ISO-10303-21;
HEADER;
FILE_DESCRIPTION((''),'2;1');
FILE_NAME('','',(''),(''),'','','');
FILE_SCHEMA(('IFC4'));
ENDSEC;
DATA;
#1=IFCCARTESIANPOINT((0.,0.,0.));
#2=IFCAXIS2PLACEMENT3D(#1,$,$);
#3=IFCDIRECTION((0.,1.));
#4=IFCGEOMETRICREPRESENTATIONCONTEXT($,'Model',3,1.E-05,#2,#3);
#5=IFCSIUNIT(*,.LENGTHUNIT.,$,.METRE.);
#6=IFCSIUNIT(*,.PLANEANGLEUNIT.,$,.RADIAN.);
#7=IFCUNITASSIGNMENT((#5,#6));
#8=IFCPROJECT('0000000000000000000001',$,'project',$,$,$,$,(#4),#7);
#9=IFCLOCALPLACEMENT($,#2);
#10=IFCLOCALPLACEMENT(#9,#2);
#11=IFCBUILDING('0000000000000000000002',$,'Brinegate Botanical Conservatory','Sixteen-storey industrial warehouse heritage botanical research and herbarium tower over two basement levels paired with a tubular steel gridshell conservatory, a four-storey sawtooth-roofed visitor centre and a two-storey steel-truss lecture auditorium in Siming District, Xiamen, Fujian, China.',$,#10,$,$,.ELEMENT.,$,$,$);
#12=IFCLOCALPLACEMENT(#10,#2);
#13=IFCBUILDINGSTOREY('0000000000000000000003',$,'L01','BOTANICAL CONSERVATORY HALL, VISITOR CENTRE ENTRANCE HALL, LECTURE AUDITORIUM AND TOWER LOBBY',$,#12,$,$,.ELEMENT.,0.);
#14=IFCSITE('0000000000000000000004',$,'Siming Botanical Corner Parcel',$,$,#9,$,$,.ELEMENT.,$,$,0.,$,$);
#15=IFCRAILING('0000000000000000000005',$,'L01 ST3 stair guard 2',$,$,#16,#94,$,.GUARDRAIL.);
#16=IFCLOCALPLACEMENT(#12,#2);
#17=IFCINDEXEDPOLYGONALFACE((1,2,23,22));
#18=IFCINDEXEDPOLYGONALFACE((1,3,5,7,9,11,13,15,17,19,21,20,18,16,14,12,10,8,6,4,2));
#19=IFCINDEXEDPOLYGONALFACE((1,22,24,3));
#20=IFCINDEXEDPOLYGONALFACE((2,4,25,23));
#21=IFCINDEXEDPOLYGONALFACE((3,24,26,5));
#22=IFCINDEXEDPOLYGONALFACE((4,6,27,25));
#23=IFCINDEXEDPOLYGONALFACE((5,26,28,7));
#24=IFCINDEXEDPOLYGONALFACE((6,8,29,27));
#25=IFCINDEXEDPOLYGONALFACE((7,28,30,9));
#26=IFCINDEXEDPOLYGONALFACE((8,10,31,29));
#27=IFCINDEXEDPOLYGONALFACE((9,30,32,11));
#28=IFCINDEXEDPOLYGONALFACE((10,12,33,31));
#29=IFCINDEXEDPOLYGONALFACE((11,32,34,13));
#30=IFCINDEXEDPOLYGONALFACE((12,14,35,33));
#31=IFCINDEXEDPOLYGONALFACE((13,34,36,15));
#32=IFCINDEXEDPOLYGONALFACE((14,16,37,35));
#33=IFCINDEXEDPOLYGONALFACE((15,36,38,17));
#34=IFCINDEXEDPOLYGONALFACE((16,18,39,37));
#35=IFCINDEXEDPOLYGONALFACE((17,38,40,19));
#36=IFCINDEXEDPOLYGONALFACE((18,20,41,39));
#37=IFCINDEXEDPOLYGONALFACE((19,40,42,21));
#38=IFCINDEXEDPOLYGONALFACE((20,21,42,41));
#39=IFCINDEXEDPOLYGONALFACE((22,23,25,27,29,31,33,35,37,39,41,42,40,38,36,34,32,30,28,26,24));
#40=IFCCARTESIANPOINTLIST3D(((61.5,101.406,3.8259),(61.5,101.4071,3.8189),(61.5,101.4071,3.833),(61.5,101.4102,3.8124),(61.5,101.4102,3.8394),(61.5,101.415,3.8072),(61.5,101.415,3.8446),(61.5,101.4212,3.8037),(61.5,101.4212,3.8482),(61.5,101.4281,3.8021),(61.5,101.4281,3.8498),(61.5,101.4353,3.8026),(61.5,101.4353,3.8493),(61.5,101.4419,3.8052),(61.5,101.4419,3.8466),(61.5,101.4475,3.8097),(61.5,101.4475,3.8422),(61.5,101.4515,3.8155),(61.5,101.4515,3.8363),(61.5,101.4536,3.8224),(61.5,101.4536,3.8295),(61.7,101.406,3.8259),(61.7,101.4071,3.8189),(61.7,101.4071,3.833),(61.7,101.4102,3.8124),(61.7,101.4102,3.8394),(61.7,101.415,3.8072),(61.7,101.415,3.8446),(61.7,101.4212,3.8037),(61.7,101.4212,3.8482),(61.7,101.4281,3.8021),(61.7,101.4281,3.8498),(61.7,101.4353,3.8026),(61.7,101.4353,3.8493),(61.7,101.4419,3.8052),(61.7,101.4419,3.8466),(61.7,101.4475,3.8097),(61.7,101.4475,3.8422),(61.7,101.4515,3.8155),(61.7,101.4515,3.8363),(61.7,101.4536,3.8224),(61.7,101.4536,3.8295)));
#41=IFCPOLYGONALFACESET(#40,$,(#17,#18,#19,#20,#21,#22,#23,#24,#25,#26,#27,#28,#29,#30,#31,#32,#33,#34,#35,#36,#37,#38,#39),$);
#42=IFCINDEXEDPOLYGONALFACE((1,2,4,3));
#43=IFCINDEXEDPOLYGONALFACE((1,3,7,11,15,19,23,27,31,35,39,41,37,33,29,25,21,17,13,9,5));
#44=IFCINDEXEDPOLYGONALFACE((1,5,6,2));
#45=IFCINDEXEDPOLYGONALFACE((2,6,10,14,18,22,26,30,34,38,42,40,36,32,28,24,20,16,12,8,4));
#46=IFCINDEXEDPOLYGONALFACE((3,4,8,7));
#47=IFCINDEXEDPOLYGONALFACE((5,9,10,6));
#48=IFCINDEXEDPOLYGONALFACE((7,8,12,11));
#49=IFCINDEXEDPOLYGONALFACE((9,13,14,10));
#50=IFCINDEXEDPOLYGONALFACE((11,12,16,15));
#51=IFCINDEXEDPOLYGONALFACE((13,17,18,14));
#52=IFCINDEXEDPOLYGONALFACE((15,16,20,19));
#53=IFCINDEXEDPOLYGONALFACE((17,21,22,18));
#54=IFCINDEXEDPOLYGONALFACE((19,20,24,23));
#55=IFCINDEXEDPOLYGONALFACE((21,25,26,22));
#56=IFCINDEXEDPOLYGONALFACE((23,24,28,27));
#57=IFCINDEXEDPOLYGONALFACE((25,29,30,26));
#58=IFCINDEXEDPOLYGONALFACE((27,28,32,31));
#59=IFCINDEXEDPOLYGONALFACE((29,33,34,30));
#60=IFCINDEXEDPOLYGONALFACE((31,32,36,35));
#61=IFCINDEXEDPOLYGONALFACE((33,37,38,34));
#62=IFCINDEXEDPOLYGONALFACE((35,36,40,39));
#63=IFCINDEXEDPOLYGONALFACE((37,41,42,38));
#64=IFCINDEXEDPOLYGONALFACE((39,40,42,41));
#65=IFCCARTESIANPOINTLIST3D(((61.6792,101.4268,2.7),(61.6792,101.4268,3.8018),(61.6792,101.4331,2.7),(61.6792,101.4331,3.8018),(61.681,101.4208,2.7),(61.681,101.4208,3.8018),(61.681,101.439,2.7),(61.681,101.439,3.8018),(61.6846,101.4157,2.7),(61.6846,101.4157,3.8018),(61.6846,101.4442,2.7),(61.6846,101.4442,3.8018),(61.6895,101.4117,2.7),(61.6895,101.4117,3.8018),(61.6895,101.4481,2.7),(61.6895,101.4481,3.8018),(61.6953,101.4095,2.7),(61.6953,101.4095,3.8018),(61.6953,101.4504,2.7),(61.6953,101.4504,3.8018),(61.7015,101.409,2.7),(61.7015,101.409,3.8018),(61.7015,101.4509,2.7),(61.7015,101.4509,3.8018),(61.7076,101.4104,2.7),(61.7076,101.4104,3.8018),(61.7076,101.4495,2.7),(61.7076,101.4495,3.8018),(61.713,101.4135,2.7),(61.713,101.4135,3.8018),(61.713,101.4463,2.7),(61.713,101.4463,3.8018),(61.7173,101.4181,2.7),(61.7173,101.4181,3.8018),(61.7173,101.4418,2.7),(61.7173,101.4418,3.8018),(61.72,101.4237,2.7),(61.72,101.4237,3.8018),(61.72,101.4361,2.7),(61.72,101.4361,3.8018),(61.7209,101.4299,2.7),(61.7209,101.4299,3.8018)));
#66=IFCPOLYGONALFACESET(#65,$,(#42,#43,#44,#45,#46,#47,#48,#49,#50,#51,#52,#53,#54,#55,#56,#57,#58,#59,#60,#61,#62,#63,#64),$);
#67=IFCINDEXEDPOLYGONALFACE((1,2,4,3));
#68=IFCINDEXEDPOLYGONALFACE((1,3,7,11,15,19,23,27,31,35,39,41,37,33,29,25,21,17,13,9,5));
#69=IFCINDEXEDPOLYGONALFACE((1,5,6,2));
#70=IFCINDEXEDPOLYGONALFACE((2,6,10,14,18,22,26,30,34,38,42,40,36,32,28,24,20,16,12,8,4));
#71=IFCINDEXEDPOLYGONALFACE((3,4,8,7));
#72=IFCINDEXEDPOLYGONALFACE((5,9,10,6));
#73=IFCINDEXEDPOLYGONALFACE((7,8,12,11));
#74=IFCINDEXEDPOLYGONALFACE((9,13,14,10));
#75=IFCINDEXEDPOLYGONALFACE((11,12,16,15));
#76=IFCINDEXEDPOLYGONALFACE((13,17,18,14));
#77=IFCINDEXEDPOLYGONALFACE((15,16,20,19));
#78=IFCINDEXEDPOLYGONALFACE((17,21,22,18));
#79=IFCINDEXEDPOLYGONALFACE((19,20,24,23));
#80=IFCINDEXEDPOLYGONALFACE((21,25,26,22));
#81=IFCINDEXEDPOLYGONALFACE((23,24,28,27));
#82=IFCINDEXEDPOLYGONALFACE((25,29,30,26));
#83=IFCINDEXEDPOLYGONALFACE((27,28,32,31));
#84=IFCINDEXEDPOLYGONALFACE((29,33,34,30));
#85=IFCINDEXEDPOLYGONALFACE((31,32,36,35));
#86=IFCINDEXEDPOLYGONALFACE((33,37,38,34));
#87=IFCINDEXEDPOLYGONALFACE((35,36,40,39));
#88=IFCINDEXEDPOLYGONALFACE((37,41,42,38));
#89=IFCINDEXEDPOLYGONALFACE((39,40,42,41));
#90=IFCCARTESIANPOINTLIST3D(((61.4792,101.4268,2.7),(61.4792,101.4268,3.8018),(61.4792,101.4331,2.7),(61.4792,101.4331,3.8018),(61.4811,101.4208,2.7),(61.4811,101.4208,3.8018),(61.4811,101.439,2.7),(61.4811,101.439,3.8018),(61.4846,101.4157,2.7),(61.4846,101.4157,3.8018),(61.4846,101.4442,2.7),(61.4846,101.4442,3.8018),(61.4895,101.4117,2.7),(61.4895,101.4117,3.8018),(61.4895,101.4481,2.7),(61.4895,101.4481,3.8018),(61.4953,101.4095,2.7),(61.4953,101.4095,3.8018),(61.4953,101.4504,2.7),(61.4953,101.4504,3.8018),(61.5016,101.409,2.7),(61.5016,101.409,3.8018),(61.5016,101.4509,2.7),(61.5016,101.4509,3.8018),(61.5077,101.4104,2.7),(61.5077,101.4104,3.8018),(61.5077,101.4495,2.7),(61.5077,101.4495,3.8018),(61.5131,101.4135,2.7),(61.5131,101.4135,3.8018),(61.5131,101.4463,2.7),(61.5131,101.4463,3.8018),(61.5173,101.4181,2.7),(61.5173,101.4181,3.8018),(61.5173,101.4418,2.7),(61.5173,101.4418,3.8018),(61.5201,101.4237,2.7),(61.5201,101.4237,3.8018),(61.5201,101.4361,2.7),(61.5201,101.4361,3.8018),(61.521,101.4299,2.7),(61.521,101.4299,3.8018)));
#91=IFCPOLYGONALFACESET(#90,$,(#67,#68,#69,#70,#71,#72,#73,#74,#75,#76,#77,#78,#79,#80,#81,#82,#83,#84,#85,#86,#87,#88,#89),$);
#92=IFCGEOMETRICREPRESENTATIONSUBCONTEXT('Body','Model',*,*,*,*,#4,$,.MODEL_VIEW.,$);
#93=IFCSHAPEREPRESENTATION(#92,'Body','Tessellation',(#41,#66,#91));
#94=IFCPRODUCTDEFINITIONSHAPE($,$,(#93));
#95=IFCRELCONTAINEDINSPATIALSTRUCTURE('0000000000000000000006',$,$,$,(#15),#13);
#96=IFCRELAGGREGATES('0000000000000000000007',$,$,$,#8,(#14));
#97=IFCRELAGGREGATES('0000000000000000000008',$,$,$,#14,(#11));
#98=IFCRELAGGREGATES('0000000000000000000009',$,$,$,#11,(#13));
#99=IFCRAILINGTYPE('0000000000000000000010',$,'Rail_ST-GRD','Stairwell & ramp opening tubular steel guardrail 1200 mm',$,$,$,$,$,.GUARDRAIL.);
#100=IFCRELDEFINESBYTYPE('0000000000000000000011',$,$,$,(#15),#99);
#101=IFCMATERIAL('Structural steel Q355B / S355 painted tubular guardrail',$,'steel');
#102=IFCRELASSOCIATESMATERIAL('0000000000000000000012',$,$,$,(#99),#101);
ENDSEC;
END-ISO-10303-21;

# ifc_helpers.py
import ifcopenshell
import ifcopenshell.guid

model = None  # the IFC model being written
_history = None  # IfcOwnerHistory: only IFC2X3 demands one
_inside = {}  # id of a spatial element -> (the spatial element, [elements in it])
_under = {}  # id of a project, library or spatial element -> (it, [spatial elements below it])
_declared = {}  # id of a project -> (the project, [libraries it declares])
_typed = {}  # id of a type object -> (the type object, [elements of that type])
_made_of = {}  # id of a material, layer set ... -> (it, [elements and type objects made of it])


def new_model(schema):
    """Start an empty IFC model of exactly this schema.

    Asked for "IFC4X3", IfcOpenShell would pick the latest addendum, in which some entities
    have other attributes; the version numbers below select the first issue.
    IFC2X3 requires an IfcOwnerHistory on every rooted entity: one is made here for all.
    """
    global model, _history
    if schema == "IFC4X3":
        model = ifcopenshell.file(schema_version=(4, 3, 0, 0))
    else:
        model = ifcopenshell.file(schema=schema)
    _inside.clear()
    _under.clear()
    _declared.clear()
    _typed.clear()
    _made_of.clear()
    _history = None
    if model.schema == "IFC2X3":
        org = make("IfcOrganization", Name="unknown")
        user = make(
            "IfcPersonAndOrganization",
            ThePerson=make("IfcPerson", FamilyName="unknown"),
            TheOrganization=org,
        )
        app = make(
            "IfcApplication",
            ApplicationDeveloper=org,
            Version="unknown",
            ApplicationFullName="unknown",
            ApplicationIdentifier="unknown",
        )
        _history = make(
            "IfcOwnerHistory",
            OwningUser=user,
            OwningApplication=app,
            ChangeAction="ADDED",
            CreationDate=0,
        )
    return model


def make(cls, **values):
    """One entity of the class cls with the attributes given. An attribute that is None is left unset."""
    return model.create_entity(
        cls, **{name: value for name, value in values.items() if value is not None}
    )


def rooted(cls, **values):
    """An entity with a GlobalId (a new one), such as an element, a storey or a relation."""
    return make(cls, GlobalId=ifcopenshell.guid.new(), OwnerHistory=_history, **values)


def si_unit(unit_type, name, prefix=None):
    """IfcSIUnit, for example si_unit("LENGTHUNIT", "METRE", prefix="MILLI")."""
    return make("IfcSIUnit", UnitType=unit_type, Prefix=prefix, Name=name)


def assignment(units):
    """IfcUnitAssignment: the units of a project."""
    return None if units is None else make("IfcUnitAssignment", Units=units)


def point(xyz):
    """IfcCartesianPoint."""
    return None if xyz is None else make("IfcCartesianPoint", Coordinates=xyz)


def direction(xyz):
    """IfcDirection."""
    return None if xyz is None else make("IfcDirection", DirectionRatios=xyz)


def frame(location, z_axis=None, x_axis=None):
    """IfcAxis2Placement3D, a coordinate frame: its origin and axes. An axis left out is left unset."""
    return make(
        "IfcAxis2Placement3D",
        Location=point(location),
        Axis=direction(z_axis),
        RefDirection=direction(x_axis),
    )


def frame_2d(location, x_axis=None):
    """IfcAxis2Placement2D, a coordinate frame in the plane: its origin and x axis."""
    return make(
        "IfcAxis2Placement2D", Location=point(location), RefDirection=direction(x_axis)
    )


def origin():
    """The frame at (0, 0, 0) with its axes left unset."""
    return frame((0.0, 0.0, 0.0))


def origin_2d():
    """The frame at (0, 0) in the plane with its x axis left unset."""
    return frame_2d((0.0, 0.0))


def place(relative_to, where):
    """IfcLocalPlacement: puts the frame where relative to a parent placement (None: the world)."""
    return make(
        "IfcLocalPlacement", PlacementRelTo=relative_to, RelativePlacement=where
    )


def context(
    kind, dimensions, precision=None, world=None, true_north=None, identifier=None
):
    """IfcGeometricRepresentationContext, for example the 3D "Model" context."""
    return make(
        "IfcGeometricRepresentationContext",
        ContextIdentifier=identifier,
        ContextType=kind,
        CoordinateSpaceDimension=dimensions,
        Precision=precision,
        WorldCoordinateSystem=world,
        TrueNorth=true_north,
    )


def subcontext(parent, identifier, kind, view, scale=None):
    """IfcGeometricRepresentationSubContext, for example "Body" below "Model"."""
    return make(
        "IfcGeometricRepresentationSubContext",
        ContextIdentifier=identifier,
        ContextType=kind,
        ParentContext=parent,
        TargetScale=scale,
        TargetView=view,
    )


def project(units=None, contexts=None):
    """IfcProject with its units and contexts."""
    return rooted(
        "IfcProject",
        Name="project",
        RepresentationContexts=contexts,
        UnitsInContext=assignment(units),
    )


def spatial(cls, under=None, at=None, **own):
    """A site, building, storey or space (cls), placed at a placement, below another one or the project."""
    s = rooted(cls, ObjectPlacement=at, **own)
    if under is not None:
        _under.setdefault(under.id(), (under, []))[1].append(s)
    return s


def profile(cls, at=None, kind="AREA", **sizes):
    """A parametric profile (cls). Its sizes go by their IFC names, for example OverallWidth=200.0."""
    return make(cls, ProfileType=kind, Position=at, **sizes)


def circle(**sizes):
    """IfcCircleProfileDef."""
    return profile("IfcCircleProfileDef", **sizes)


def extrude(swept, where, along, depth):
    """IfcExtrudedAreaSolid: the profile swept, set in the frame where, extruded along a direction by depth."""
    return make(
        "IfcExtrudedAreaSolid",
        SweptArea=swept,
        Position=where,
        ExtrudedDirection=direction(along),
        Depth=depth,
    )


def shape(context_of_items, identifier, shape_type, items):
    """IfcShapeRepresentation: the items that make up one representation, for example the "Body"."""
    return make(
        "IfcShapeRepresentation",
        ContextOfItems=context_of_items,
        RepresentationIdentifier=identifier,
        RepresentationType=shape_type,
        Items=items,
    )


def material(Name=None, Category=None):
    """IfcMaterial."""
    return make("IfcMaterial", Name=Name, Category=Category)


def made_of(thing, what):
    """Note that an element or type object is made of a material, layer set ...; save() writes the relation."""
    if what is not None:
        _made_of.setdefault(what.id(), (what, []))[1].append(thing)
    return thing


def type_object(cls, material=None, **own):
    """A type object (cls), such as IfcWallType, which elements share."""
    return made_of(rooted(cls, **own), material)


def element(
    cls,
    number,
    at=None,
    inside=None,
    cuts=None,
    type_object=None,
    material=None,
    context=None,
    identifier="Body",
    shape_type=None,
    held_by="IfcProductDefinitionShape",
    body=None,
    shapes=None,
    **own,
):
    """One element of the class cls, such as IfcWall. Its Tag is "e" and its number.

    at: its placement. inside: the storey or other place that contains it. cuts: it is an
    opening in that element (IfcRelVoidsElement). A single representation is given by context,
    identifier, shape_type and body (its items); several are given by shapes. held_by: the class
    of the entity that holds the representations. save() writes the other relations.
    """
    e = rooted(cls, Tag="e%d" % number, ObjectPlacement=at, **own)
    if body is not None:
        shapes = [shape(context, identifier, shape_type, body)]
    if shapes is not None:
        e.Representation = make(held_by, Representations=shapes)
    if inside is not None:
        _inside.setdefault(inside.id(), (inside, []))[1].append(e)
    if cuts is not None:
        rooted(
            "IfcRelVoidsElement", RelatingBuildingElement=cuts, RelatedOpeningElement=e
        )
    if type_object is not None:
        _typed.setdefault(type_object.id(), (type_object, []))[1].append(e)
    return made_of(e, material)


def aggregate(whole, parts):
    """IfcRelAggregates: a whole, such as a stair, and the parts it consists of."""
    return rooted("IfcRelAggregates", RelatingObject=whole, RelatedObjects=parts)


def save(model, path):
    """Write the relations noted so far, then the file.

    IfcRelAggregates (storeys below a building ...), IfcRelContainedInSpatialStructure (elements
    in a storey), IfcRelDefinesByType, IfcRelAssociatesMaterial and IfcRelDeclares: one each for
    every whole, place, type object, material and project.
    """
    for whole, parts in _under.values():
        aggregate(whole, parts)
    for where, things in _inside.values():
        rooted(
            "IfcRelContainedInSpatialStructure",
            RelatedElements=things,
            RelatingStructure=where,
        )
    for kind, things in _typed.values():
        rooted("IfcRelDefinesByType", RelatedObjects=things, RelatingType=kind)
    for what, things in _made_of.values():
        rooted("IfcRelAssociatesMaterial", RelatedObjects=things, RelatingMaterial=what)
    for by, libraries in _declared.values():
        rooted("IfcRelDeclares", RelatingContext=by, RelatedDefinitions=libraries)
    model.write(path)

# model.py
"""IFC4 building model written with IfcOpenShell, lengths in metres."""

from ifc_helpers import new_model, si_unit, direction, frame, origin, origin_2d, place, context, subcontext, project, spatial, circle, extrude, material, type_object, element, save


model = new_model("IFC4")

# Units and contexts
model_context = context("Model", 3, precision=1e-05, world=origin(), true_north=direction((0.0, 1.0)))
body_context = subcontext(model_context, "Body", "Model", "MODEL_VIEW")
ifc_project = project(units=[si_unit("LENGTHUNIT", "METRE"), si_unit("PLANEANGLEUNIT", "RADIAN")], contexts=[model_context])

# Site, building, storey
site_placement = place(None, origin())
site = spatial("IfcSite", under=ifc_project, at=site_placement, Name="Siming Botanical Corner Parcel", CompositionType="ELEMENT", RefElevation=0.0)
building_placement = place(site_placement, origin())
building = spatial("IfcBuilding", under=site, at=building_placement, Name="Brinegate Botanical Conservatory", Description="Sixteen-storey industrial warehouse heritage botanical research and herbarium tower over two basement levels paired with a tubular steel gridshell conservatory, a four-storey sawtooth-roofed visitor centre and a two-storey steel-truss lecture auditorium in Siming District, Xiamen, Fujian, China.", CompositionType="ELEMENT")
storey_placement = place(building_placement, origin())
storey = spatial("IfcBuildingStorey", under=building, at=storey_placement, Name="L01", Description="BOTANICAL CONSERVATORY HALL, VISITOR CENTRE ENTRANCE HALL, LECTURE AUDITORIUM AND TOWER LOBBY", CompositionType="ELEMENT", Elevation=0.0)

# Railing
ifc_material_1 = material(Name="Structural steel Q355B / S355 painted tubular guardrail", Category="steel")
railing_type_1 = type_object("IfcRailingType", Name="Rail_ST-GRD", Description="Stairwell & ramp opening tubular steel guardrail 1200 mm", PredefinedType="GUARDRAIL", material=ifc_material_1)
railing_1_placement = place(storey_placement, frame((61.7, 101.4299, 2.7)))
element("IfcRailing", 1, at=railing_1_placement, inside=storey, type_object=railing_type_1, Name="L01 ST3 stair guard 2", PredefinedType="GUARDRAIL", context=body_context, shape_type="SweptSolid", body=[
    extrude(circle(Radius=0.0239, at=origin_2d()), frame((0.0, 0.0, 1.126), z_axis=(-1.0, 0.0, 0.0), x_axis=(0.0, -1.0, 0.0)), (0.0, 0.0, 1.0), 0.2),
    extrude(circle(Radius=0.021, at=origin_2d()), origin(), (0.0, 0.0, 1.0), 1.1018),
    extrude(circle(Radius=0.021, at=origin_2d()), frame((-0.2, 0.0, 0.0)), (0.0, 0.0, 1.0), 1.1018),
])

save(model, "model.ifc")
